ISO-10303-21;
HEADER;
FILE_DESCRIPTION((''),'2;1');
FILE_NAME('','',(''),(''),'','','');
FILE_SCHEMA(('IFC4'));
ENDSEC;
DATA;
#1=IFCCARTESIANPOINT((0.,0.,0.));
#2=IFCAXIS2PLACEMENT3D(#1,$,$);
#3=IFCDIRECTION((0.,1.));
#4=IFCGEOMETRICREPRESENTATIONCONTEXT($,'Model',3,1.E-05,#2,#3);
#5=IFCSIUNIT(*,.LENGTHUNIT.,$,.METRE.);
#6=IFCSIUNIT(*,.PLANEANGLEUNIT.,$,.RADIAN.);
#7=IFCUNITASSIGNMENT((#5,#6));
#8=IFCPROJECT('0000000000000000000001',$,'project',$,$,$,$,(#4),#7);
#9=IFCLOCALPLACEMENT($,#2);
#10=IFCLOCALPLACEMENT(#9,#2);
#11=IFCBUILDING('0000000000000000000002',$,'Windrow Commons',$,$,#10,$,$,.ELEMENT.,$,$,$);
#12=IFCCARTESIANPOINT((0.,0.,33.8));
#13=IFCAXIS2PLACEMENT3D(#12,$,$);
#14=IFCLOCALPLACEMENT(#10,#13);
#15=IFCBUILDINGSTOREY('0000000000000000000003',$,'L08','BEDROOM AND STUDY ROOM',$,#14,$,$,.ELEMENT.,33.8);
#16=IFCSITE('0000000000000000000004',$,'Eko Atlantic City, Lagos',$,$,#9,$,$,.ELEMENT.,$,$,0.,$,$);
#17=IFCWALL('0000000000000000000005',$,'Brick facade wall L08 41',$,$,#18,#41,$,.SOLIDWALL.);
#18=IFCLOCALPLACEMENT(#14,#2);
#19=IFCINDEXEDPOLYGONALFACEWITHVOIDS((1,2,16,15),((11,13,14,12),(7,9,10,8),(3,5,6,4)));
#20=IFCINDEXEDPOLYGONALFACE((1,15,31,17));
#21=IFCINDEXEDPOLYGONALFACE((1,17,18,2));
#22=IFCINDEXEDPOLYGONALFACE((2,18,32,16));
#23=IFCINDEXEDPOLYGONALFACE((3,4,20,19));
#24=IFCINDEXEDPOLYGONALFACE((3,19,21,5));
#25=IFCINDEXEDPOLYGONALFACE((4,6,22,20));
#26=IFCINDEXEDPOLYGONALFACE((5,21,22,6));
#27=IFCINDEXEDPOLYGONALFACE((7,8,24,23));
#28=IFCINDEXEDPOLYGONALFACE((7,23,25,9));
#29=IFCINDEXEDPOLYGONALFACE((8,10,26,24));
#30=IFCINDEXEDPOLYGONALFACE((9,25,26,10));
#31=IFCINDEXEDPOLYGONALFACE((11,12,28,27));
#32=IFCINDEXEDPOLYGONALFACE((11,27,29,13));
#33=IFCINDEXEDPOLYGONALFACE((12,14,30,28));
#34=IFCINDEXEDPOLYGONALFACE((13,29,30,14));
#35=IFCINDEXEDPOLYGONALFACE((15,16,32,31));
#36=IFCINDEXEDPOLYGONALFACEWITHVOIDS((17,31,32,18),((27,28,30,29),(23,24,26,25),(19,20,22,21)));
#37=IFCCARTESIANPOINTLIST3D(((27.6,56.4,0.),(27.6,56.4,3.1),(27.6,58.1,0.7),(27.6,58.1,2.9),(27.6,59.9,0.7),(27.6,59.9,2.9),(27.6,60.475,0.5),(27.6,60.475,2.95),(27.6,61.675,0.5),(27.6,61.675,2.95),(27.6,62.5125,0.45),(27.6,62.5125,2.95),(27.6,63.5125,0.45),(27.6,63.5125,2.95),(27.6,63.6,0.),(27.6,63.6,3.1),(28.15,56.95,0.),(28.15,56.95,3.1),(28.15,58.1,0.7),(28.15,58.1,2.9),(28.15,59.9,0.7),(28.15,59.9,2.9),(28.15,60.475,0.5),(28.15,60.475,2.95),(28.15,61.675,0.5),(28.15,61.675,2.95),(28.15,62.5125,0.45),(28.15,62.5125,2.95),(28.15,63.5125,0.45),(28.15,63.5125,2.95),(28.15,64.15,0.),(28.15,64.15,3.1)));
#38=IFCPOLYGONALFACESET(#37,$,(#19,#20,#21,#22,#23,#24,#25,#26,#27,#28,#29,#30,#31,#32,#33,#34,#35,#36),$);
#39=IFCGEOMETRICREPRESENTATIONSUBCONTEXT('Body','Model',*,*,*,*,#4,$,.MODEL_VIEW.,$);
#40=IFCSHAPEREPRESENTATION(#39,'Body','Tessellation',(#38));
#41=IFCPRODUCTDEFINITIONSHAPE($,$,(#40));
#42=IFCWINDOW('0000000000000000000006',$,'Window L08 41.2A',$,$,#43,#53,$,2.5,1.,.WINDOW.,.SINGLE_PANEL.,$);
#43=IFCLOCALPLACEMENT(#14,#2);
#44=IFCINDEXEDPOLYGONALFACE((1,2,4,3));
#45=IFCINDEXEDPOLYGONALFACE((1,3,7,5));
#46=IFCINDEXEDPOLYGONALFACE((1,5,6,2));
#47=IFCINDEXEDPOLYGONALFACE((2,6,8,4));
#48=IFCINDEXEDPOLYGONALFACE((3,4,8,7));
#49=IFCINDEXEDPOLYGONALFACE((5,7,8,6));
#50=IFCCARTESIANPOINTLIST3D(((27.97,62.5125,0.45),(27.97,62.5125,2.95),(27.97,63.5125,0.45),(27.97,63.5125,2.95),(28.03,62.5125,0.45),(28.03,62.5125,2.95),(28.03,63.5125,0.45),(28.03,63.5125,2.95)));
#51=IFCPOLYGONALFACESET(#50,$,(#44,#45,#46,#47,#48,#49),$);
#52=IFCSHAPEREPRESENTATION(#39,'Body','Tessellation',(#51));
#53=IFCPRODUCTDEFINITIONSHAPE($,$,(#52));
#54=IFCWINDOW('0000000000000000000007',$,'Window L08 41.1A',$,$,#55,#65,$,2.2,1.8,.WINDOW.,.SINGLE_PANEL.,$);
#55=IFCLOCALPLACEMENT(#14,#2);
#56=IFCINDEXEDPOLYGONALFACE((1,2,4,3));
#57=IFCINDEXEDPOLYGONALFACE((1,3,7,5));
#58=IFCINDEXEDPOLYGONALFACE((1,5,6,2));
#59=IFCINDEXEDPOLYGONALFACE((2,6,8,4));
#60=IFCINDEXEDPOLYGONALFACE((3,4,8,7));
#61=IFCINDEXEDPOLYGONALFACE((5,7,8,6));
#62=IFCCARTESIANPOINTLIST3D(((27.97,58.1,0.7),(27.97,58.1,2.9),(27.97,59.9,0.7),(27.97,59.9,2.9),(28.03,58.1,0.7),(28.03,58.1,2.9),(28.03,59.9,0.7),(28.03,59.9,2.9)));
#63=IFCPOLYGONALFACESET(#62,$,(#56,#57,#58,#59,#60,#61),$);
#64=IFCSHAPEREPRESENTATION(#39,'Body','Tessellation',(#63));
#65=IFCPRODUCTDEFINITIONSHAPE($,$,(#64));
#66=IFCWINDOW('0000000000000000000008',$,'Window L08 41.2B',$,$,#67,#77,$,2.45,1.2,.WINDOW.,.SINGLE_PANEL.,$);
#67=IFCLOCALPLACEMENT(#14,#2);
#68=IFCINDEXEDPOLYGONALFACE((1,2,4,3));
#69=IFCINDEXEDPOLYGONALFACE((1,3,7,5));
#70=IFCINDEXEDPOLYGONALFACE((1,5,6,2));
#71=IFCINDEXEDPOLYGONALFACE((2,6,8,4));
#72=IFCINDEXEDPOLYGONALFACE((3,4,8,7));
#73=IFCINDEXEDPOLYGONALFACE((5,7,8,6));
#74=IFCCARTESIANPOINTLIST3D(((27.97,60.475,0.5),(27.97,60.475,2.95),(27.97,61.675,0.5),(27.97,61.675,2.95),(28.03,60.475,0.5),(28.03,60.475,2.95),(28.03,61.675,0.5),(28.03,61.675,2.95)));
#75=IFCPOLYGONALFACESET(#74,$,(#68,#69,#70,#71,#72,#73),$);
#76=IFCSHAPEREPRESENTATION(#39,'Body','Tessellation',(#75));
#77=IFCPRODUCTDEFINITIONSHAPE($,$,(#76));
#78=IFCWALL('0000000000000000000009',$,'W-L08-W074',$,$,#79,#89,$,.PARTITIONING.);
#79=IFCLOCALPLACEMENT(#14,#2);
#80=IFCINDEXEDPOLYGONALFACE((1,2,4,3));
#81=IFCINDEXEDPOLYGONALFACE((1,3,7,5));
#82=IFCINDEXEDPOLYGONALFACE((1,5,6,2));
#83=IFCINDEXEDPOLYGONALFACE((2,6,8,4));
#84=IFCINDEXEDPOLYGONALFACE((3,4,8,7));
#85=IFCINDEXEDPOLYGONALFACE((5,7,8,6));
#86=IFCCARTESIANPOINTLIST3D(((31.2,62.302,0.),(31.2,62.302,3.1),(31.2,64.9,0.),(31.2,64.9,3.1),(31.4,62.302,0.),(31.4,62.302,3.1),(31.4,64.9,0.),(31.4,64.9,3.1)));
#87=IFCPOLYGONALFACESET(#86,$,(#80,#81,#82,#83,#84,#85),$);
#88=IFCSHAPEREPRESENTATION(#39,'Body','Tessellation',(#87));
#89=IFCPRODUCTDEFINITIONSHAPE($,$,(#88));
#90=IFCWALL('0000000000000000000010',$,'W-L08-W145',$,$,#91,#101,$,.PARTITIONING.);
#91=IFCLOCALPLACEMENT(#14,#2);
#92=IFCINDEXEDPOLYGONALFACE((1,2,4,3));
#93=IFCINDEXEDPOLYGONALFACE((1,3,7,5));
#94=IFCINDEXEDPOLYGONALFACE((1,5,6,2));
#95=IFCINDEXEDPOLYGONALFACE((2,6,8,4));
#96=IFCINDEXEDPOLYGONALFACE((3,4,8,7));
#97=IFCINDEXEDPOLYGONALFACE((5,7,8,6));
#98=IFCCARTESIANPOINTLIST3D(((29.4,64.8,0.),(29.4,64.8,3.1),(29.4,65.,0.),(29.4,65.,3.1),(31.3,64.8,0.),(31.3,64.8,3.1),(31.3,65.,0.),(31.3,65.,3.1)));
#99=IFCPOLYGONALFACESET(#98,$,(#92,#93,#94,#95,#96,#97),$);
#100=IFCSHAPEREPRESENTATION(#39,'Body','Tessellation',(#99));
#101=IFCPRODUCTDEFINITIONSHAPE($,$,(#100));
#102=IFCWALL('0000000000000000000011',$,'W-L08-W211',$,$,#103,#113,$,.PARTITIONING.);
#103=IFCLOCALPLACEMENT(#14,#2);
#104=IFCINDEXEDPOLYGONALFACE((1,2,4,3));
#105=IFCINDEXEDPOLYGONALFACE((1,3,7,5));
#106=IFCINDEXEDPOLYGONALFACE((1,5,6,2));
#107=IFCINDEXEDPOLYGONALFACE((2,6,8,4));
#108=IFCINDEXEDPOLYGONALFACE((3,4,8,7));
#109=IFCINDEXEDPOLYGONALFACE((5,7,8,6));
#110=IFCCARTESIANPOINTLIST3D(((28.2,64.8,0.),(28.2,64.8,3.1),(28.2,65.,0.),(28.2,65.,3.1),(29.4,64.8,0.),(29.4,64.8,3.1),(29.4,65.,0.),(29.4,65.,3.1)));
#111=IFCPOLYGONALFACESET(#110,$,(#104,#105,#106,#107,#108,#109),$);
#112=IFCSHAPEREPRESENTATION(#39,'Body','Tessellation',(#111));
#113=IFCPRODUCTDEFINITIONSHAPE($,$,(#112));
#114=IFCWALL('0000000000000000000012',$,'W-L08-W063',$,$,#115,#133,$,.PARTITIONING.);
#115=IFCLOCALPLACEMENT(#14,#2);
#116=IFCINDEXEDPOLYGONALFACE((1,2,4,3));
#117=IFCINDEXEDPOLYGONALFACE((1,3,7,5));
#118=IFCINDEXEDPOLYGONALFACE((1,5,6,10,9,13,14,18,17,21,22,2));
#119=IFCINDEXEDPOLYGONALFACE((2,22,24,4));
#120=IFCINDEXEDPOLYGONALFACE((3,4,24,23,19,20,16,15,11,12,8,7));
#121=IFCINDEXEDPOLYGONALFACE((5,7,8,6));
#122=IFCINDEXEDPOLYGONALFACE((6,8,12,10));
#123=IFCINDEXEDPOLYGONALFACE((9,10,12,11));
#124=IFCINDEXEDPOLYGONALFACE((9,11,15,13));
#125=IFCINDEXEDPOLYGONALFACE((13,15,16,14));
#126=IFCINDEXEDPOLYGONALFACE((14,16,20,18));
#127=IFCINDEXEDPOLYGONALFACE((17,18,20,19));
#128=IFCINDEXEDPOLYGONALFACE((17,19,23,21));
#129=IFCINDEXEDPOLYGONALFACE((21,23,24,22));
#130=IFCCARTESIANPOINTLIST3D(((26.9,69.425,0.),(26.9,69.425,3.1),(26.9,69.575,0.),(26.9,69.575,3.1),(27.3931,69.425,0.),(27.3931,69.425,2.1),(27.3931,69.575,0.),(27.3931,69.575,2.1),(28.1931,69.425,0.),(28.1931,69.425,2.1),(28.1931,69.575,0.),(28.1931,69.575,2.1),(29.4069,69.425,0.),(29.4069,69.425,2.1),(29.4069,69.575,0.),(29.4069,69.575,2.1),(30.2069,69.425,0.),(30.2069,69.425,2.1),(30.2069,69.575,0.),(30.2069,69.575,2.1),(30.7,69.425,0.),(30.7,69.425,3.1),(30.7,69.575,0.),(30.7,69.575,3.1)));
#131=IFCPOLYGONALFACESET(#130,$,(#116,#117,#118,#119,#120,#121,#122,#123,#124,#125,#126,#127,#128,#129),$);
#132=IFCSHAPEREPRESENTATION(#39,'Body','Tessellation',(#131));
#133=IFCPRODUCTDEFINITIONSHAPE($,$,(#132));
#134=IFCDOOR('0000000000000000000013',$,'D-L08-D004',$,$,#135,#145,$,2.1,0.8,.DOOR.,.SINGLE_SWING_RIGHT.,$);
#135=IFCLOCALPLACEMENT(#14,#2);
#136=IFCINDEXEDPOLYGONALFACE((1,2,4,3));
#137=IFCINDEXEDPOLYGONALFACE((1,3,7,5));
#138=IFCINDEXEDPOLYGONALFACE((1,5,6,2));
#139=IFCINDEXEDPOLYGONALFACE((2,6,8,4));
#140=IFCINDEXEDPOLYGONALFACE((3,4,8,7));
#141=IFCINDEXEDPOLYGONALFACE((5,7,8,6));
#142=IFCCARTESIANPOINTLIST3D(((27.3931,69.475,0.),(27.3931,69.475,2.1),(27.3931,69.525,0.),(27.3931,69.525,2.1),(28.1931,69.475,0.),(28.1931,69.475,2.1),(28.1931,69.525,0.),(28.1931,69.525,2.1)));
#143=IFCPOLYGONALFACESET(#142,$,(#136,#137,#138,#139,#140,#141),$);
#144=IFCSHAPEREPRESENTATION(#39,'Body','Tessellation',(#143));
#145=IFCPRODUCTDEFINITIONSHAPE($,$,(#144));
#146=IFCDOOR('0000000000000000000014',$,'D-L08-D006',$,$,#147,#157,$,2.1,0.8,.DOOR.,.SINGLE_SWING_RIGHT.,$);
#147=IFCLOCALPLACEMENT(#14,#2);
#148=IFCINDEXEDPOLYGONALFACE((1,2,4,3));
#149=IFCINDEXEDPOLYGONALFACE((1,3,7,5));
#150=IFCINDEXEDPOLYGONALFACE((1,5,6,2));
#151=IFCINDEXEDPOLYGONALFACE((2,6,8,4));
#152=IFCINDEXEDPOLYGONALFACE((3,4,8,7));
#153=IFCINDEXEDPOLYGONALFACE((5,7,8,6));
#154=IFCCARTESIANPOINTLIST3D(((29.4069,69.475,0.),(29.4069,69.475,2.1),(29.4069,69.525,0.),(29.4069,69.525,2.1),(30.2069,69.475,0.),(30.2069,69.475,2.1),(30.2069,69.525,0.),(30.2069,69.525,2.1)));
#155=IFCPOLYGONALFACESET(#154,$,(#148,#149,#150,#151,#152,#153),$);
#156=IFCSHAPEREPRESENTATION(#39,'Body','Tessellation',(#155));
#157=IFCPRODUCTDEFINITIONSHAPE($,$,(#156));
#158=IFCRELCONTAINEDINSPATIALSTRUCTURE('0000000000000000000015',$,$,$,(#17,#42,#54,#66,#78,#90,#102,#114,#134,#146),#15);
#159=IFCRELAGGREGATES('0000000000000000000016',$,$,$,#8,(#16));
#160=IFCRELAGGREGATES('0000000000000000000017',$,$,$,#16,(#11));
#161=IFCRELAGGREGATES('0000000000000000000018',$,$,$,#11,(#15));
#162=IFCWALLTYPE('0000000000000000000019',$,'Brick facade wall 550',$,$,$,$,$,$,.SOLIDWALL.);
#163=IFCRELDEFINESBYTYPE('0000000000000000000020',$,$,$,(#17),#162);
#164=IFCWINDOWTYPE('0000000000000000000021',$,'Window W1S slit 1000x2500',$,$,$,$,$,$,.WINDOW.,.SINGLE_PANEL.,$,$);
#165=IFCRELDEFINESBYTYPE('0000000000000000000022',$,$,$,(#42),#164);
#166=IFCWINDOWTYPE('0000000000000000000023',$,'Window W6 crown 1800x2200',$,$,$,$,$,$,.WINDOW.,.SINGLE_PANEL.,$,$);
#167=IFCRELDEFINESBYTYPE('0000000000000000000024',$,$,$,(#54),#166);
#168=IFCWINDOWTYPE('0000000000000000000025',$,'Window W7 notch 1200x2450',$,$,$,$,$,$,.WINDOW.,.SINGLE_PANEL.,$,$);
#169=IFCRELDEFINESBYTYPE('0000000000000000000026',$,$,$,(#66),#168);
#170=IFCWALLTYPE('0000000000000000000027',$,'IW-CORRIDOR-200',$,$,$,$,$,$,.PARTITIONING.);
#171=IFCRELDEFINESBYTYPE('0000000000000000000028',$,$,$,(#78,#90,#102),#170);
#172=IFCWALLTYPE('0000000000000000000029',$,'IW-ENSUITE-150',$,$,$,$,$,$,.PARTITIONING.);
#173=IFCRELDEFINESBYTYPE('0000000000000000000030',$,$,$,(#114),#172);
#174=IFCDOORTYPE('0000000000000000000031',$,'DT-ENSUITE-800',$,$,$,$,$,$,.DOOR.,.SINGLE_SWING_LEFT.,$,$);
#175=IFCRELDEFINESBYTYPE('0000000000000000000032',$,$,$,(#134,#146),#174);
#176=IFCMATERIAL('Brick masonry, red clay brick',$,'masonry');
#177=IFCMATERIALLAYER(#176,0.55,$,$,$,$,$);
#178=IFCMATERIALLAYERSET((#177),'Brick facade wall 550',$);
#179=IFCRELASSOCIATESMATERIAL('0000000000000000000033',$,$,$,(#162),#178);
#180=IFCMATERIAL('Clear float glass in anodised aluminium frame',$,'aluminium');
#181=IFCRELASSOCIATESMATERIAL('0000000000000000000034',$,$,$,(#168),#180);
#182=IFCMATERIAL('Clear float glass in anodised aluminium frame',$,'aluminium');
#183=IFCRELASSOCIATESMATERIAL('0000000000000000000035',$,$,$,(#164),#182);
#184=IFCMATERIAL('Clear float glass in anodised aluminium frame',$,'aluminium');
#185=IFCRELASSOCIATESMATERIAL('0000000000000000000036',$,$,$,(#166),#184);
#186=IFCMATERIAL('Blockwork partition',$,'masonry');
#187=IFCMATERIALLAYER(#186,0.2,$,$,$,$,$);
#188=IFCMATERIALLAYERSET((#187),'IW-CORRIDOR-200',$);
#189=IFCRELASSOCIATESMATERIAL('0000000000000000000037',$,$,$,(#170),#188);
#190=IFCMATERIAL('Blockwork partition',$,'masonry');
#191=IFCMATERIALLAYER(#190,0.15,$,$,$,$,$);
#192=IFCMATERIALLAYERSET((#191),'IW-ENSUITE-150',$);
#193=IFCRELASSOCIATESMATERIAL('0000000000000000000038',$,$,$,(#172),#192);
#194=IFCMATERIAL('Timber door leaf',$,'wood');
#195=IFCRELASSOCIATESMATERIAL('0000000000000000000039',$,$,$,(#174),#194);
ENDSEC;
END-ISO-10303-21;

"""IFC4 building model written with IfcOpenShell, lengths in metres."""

from ifc_helpers import new_model, si_unit, direction, frame, frame_2d, origin, place, context, subcontext, project, spatial, polyline, rectangle, outline, extrude, material, layer, layer_set, type_object, element, fill, save


model = new_model("IFC4")

# Units and contexts
model_context = context("Model", 3, precision=1e-05, world=origin(), true_north=direction((0.0, 1.0)))
body_context = subcontext(model_context, "Body", "Model", "MODEL_VIEW")
ifc_project = project(units=[si_unit("LENGTHUNIT", "METRE"), si_unit("PLANEANGLEUNIT", "RADIAN")], contexts=[model_context])

# Site, building, storey
site_placement = place(None, origin())
site = spatial("IfcSite", under=ifc_project, at=site_placement, Name="Eko Atlantic City, Lagos", CompositionType="ELEMENT", RefElevation=0.0)
building_placement = place(site_placement, origin())
building = spatial("IfcBuilding", under=site, at=building_placement, Name="Windrow Commons", CompositionType="ELEMENT")
storey_placement = place(building_placement, frame((0.0, 0.0, 33.8)))
storey = spatial("IfcBuildingStorey", under=building, at=storey_placement, Name="L08", Description="BEDROOM AND STUDY ROOM", CompositionType="ELEMENT", Elevation=33.8)

# Wall, openings, windows
ifc_material_1 = material(Name="Brick masonry, red clay brick", Category="masonry")
ifc_layer_1 = layer(ifc_material_1, 0.55)
ifc_layer_set_1 = layer_set([ifc_layer_1], Name="Brick facade wall 550")
wall_type_1 = type_object("IfcWallType", Name="Brick facade wall 550", PredefinedType="SOLIDWALL", material=ifc_layer_set_1)
ifc_material_2 = material(Name="Clear float glass in anodised aluminium frame", Category="aluminium")
window_type_1 = type_object("IfcWindowType", Name="Window W7 notch 1200x2450", PartitioningType="SINGLE_PANEL", PredefinedType="WINDOW", material=ifc_material_2)
wall_1_placement = place(storey_placement, frame((27.875, 63.875, 0.0), z_axis=(0.0, 0.0, 1.0), x_axis=(0.0, -1.0, 0.0)))
wall_1 = element("IfcWall", 1, at=wall_1_placement, inside=storey, type_object=wall_type_1, Name="Brick facade wall L08 41", PredefinedType="SOLIDWALL", context=body_context, shape_type="SweptSolid", body=[
    extrude(outline(polyline([(0.275, -0.275), (7.475, -0.275), (6.925, 0.275), (-0.275, 0.275), (0.275, -0.275)])), origin(), (0.0, 0.0, 1.0), 3.1),
])
opening_1_placement = place(wall_1_placement, frame((3.975, 0.0, 0.7)))
opening_1 = element("IfcOpeningElement", 2, at=opening_1_placement, cuts=wall_1, PredefinedType="OPENING", context=body_context, shape_type="SweptSolid", body=[
    extrude(rectangle(XDim=1.8, YDim=2.2, at=frame_2d((0.9, 1.1))), frame((0.0, 0.285, 0.0), z_axis=(0.0, -1.0, 0.0), x_axis=(1.0, 0.0, 0.0)), (0.0, 0.0, 1.0), 0.57),
])
opening_2_placement = place(wall_1_placement, frame((0.3625, 0.0, 0.45)))
opening_2 = element("IfcOpeningElement", 3, at=opening_2_placement, cuts=wall_1, PredefinedType="OPENING", context=body_context, shape_type="SweptSolid", body=[
    extrude(rectangle(XDim=1.0, YDim=2.5, at=frame_2d((0.5, 1.25))), frame((0.0, 0.285, 0.0), z_axis=(0.0, -1.0, 0.0), x_axis=(1.0, 0.0, 0.0)), (0.0, 0.0, 1.0), 0.57),
])
opening_3_placement = place(wall_1_placement, frame((2.2, 0.0, 0.5)))
opening_3 = element("IfcOpeningElement", 4, at=opening_3_placement, cuts=wall_1, PredefinedType="OPENING", context=body_context, shape_type="SweptSolid", body=[
    extrude(rectangle(XDim=1.2, YDim=2.45, at=frame_2d((0.6, 1.225))), frame((0.0, 0.285, 0.0), z_axis=(0.0, -1.0, 0.0), x_axis=(1.0, 0.0, 0.0)), (0.0, 0.0, 1.0), 0.57),
])
ifc_material_3 = material(Name="Clear float glass in anodised aluminium frame", Category="aluminium")
window_type_2 = type_object("IfcWindowType", Name="Window W1S slit 1000x2500", PartitioningType="SINGLE_PANEL", PredefinedType="WINDOW", material=ifc_material_3)
window_1_placement = place(opening_2_placement, origin())
window_1 = element("IfcWindow", 5, at=window_1_placement, inside=storey, type_object=window_type_2, Name="Window L08 41.2A", OverallHeight=2.5, OverallWidth=1.0, PartitioningType="SINGLE_PANEL", PredefinedType="WINDOW", context=body_context, shape_type="SweptSolid", body=[
    extrude(rectangle(XDim=1.0, YDim=2.5, at=frame_2d((0.5, 1.25))), frame((0.0, 0.155, 0.0), z_axis=(0.0, -1.0, 0.0), x_axis=(1.0, 0.0, 0.0)), (0.0, 0.0, 1.0), 0.06),
])
fill(opening_2, window_1)
ifc_material_4 = material(Name="Clear float glass in anodised aluminium frame", Category="aluminium")
window_type_3 = type_object("IfcWindowType", Name="Window W6 crown 1800x2200", PartitioningType="SINGLE_PANEL", PredefinedType="WINDOW", material=ifc_material_4)
window_2_placement = place(opening_1_placement, origin())
window_2 = element("IfcWindow", 6, at=window_2_placement, inside=storey, type_object=window_type_3, Name="Window L08 41.1A", OverallHeight=2.2, OverallWidth=1.8, PartitioningType="SINGLE_PANEL", PredefinedType="WINDOW", context=body_context, shape_type="SweptSolid", body=[
    extrude(rectangle(XDim=1.8, YDim=2.2, at=frame_2d((0.9, 1.1))), frame((0.0, 0.155, 0.0), z_axis=(0.0, -1.0, 0.0), x_axis=(1.0, 0.0, 0.0)), (0.0, 0.0, 1.0), 0.06),
])
fill(opening_1, window_2)
window_3_placement = place(opening_3_placement, origin())
window_3 = element("IfcWindow", 7, at=window_3_placement, inside=storey, type_object=window_type_1, Name="Window L08 41.2B", OverallHeight=2.45, OverallWidth=1.2, PartitioningType="SINGLE_PANEL", PredefinedType="WINDOW", context=body_context, shape_type="SweptSolid", body=[
    extrude(rectangle(XDim=1.2, YDim=2.45, at=frame_2d((0.6, 1.225))), frame((0.0, 0.155, 0.0), z_axis=(0.0, -1.0, 0.0), x_axis=(1.0, 0.0, 0.0)), (0.0, 0.0, 1.0), 0.06),
])
fill(opening_3, window_3)

# Walls
ifc_material_5 = material(Name="Blockwork partition", Category="masonry")
ifc_layer_2 = layer(ifc_material_5, 0.2)
ifc_layer_set_2 = layer_set([ifc_layer_2], Name="IW-CORRIDOR-200")
wall_type_2 = type_object("IfcWallType", Name="IW-CORRIDOR-200", PredefinedType="PARTITIONING", material=ifc_layer_set_2)
wall_2_placement = place(storey_placement, frame((31.3, 62.302, 0.0), z_axis=(0.0, 0.0, 1.0), x_axis=(0.0, 1.0, 0.0)))
element("IfcWall", 8, at=wall_2_placement, inside=storey, type_object=wall_type_2, Name="W-L08-W074", PredefinedType="PARTITIONING", context=body_context, shape_type="SweptSolid", body=[
    extrude(rectangle(XDim=2.598, YDim=0.2, at=frame_2d((1.299, 0.0))), origin(), (0.0, 0.0, 1.0), 3.1),
])
wall_3_placement = place(storey_placement, frame((29.4, 64.9, 0.0), z_axis=(0.0, 0.0, 1.0), x_axis=(1.0, 0.0, 0.0)))
element("IfcWall", 9, at=wall_3_placement, inside=storey, type_object=wall_type_2, Name="W-L08-W145", PredefinedType="PARTITIONING", context=body_context, shape_type="SweptSolid", body=[
    extrude(rectangle(XDim=1.9, YDim=0.2, at=frame_2d((0.95, 0.0))), origin(), (0.0, 0.0, 1.0), 3.1),
])
wall_4_placement = place(storey_placement, frame((28.2, 64.9, 0.0), z_axis=(0.0, 0.0, 1.0), x_axis=(1.0, 0.0, 0.0)))
element("IfcWall", 10, at=wall_4_placement, inside=storey, type_object=wall_type_2, Name="W-L08-W211", PredefinedType="PARTITIONING", context=body_context, shape_type="SweptSolid", body=[
    extrude(rectangle(XDim=1.2, YDim=0.2, at=frame_2d((0.6, 0.0))), origin(), (0.0, 0.0, 1.0), 3.1),
])

# Wall, openings, doors
ifc_material_6 = material(Name="Blockwork partition", Category="masonry")
ifc_layer_3 = layer(ifc_material_6, 0.15)
ifc_layer_set_3 = layer_set([ifc_layer_3], Name="IW-ENSUITE-150")
wall_type_3 = type_object("IfcWallType", Name="IW-ENSUITE-150", PredefinedType="PARTITIONING", material=ifc_layer_set_3)
wall_5_placement = place(storey_placement, frame((26.9, 69.5, 0.0), z_axis=(0.0, 0.0, 1.0), x_axis=(1.0, 0.0, 0.0)))
wall_5 = element("IfcWall", 11, at=wall_5_placement, inside=storey, type_object=wall_type_3, Name="W-L08-W063", PredefinedType="PARTITIONING", context=body_context, shape_type="SweptSolid", body=[
    extrude(rectangle(XDim=3.8, YDim=0.15, at=frame_2d((1.9, 0.0))), origin(), (0.0, 0.0, 1.0), 3.1),
])
opening_4_placement = place(wall_5_placement, frame((0.4931, 0.0, 0.0)))
opening_4 = element("IfcOpeningElement", 12, at=opening_4_placement, cuts=wall_5, PredefinedType="OPENING", context=body_context, shape_type="SweptSolid", body=[
    extrude(rectangle(XDim=0.8, YDim=2.1, at=frame_2d((0.4, 1.05))), frame((0.0, 0.085, 0.0), z_axis=(0.0, -1.0, 0.0), x_axis=(1.0, 0.0, 0.0)), (0.0, 0.0, 1.0), 0.17),
])
opening_5_placement = place(wall_5_placement, frame((2.5069, 0.0, 0.0)))
opening_5 = element("IfcOpeningElement", 13, at=opening_5_placement, cuts=wall_5, PredefinedType="OPENING", context=body_context, shape_type="SweptSolid", body=[
    extrude(rectangle(XDim=0.8, YDim=2.1, at=frame_2d((0.4, 1.05))), frame((0.0, 0.085, 0.0), z_axis=(0.0, -1.0, 0.0), x_axis=(1.0, 0.0, 0.0)), (0.0, 0.0, 1.0), 0.17),
])
ifc_material_7 = material(Name="Timber door leaf", Category="wood")
door_type = type_object("IfcDoorType", Name="DT-ENSUITE-800", OperationType="SINGLE_SWING_LEFT", PredefinedType="DOOR", material=ifc_material_7)
door_1_placement = place(opening_4_placement, origin())
door_1 = element("IfcDoor", 14, at=door_1_placement, inside=storey, type_object=door_type, Name="D-L08-D004", OperationType="SINGLE_SWING_RIGHT", OverallHeight=2.1, OverallWidth=0.8, PredefinedType="DOOR", context=body_context, shape_type="SweptSolid", body=[
    extrude(rectangle(XDim=0.8, YDim=2.1, at=frame_2d((0.4, 1.05))), frame((0.0, 0.025, 0.0), z_axis=(0.0, -1.0, 0.0), x_axis=(1.0, 0.0, 0.0)), (0.0, 0.0, 1.0), 0.05),
])
fill(opening_4, door_1)
door_2_placement = place(opening_5_placement, origin())
door_2 = element("IfcDoor", 15, at=door_2_placement, inside=storey, type_object=door_type, Name="D-L08-D006", OperationType="SINGLE_SWING_RIGHT", OverallHeight=2.1, OverallWidth=0.8, PredefinedType="DOOR", context=body_context, shape_type="SweptSolid", body=[
    extrude(rectangle(XDim=0.8, YDim=2.1, at=frame_2d((0.4, 1.05))), frame((0.0, 0.025, 0.0), z_axis=(0.0, -1.0, 0.0), x_axis=(1.0, 0.0, 0.0)), (0.0, 0.0, 1.0), 0.05),
])
fill(opening_5, door_2)

save(model, "model.ifc")
